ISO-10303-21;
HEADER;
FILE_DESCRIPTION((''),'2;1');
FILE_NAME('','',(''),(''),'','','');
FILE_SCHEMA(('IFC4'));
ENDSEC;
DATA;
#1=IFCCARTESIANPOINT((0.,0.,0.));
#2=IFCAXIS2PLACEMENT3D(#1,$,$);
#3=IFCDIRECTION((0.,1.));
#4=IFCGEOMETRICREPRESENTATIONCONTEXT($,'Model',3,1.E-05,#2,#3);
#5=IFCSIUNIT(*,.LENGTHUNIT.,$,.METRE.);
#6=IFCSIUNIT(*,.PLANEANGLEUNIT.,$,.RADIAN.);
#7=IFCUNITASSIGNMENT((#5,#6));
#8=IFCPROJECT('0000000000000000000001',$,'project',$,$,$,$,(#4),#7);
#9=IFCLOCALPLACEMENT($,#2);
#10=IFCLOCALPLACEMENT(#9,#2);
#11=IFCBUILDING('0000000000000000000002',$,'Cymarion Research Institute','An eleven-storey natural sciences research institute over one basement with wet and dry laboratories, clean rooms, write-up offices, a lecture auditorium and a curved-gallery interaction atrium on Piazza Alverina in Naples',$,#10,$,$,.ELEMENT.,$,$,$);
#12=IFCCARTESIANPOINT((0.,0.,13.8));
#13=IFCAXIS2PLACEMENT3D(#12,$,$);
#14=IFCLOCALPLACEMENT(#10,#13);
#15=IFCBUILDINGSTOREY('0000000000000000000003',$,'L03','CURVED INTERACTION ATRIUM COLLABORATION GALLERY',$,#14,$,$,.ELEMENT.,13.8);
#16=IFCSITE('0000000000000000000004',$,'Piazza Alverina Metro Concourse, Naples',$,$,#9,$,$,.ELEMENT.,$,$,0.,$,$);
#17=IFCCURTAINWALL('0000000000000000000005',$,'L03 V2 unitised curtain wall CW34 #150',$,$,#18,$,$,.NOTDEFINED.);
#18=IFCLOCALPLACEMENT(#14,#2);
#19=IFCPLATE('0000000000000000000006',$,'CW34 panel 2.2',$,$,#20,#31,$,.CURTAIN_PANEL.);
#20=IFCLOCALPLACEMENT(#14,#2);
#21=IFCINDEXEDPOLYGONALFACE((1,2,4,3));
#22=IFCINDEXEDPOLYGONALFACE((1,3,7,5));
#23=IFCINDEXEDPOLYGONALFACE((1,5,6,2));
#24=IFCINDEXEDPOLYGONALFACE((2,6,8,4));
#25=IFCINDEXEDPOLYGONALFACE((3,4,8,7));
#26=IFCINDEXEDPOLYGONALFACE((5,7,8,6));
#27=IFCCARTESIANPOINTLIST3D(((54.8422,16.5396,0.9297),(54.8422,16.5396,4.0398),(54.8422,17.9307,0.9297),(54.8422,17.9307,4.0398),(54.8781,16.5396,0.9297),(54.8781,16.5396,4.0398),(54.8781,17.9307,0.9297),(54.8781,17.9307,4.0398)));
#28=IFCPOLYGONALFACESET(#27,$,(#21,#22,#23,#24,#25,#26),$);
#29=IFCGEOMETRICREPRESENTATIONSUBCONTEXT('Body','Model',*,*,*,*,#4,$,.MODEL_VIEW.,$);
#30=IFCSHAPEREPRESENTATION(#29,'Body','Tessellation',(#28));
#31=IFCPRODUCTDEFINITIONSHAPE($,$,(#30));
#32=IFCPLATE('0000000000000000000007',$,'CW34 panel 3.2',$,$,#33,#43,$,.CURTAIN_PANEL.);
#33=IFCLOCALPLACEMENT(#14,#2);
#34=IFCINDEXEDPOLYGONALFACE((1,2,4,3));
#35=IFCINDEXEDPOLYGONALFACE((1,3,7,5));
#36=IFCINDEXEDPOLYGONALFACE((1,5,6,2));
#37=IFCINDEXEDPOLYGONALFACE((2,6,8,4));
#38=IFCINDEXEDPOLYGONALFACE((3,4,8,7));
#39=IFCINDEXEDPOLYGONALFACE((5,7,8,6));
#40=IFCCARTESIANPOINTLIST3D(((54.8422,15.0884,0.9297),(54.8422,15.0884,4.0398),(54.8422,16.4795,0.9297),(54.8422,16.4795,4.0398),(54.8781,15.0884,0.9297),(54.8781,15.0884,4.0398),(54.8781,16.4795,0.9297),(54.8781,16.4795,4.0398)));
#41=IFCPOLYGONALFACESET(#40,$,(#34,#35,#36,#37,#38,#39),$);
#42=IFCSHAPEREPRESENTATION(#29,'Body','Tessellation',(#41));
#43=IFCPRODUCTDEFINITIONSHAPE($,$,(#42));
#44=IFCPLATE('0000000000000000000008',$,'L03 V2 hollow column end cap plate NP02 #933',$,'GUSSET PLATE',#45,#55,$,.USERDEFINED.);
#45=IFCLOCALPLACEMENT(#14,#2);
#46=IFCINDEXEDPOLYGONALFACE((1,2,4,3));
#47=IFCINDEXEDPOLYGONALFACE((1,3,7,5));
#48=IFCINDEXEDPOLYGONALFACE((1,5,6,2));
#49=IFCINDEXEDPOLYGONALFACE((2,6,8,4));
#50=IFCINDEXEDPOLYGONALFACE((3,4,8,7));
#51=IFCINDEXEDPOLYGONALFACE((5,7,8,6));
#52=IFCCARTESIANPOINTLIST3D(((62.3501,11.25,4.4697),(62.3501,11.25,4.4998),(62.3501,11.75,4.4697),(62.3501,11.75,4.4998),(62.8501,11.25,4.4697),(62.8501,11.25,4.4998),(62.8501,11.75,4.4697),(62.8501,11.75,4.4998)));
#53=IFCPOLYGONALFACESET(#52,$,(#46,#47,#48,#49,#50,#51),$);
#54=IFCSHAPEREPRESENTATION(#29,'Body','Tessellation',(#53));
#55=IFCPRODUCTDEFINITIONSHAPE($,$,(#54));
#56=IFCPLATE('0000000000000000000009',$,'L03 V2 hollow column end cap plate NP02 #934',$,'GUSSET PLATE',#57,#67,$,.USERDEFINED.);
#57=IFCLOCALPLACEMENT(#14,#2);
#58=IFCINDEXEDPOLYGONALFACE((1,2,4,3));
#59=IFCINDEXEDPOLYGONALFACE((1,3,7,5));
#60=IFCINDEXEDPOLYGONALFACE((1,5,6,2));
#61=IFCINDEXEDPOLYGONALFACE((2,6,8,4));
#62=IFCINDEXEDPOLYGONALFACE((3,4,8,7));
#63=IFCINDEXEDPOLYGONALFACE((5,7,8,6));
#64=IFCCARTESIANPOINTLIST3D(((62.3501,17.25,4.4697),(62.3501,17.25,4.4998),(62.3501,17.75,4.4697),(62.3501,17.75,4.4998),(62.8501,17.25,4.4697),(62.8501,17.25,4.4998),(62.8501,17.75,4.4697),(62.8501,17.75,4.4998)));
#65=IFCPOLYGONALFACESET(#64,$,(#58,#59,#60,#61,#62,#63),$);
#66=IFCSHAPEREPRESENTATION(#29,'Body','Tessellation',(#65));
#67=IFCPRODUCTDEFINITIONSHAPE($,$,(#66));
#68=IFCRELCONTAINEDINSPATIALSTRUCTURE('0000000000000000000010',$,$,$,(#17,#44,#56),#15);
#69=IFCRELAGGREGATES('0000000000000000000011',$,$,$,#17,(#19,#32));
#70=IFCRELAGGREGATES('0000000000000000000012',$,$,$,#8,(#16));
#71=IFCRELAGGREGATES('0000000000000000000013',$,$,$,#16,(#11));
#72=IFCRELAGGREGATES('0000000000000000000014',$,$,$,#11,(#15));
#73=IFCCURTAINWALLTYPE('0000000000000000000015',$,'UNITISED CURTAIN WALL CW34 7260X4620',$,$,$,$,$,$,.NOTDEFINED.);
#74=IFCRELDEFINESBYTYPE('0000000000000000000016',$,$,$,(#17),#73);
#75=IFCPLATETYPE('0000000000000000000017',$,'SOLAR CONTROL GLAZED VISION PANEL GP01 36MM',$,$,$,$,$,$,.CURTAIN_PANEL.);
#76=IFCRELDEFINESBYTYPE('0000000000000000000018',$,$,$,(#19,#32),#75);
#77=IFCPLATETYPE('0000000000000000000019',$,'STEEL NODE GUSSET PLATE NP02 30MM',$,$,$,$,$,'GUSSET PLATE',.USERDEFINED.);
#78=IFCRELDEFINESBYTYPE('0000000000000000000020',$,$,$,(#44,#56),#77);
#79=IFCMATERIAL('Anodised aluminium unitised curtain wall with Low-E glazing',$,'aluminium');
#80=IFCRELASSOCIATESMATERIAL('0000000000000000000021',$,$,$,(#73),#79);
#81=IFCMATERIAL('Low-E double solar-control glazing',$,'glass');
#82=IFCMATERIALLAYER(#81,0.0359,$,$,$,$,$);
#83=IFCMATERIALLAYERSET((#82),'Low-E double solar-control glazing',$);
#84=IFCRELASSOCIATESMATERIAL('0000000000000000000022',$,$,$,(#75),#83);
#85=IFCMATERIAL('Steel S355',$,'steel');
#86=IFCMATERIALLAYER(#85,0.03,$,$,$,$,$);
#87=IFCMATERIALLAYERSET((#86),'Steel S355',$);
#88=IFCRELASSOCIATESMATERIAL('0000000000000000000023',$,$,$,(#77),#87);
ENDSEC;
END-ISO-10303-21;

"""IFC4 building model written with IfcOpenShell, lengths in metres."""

from ifc_helpers import new_model, si_unit, direction, frame, origin, origin_2d, place, context, subcontext, project, spatial, rectangle, extrude, material, layer, layer_set, type_object, element, aggregate, save


model = new_model("IFC4")

# Units and contexts
model_context = context("Model", 3, precision=1e-05, world=origin(), true_north=direction((0.0, 1.0)))
body_context = subcontext(model_context, "Body", "Model", "MODEL_VIEW")
ifc_project = project(units=[si_unit("LENGTHUNIT", "METRE"), si_unit("PLANEANGLEUNIT", "RADIAN")], contexts=[model_context])

# Site, building, storey
site_placement = place(None, origin())
site = spatial("IfcSite", under=ifc_project, at=site_placement, Name="Piazza Alverina Metro Concourse, Naples", CompositionType="ELEMENT", RefElevation=0.0)
building_placement = place(site_placement, origin())
building = spatial("IfcBuilding", under=site, at=building_placement, Name="Cymarion Research Institute", Description="An eleven-storey natural sciences research institute over one basement with wet and dry laboratories, clean rooms, write-up offices, a lecture auditorium and a curved-gallery interaction atrium on Piazza Alverina in Naples", CompositionType="ELEMENT")
storey_placement = place(building_placement, frame((0.0, 0.0, 13.8)))
storey = spatial("IfcBuildingStorey", under=building, at=storey_placement, Name="L03", Description="CURVED INTERACTION ATRIUM COLLABORATION GALLERY", CompositionType="ELEMENT", Elevation=13.8)

# Shared definitions
ifc_material_1 = material(Name="Steel S355", Category="steel")

# Curtain wall
ifc_material_2 = material(Name="Anodised aluminium unitised curtain wall with Low-E glazing", Category="aluminium")
curtain_wall_type = type_object("IfcCurtainWallType", Name="UNITISED CURTAIN WALL CW34 7260X4620", PredefinedType="NOTDEFINED", material=ifc_material_2)
curtain_wall_placement = place(storey_placement, origin())
curtain_wall = element("IfcCurtainWall", 1, at=curtain_wall_placement, inside=storey, type_object=curtain_wall_type, Name="L03 V2 unitised curtain wall CW34 #150", PredefinedType="NOTDEFINED")

# Plates
ifc_material_3 = material(Name="Low-E double solar-control glazing", Category="glass")
ifc_layer_1 = layer(ifc_material_3, 0.0359)
ifc_layer_set_1 = layer_set([ifc_layer_1], Name="Low-E double solar-control glazing")
plate_type_1 = type_object("IfcPlateType", Name="SOLAR CONTROL GLAZED VISION PANEL GP01 36MM", PredefinedType="CURTAIN_PANEL", material=ifc_layer_set_1)
plate_1_placement = place(storey_placement, frame((54.8601, 17.2351, 0.9297), z_axis=(0.0, 0.0, 1.0), x_axis=(0.0, -1.0, 0.0)))
plate_1 = element("IfcPlate", 2, at=plate_1_placement, type_object=plate_type_1, Name="CW34 panel 2.2", PredefinedType="CURTAIN_PANEL", context=body_context, shape_type="SweptSolid", body=[
    extrude(rectangle(XDim=1.3911, YDim=0.0359, at=origin_2d()), origin(), (0.0, 0.0, 1.0), 3.1101),
])
plate_2_placement = place(storey_placement, frame((54.8601, 15.7839, 0.9297), z_axis=(0.0, 0.0, 1.0), x_axis=(0.0, -1.0, 0.0)))
plate_2 = element("IfcPlate", 3, at=plate_2_placement, type_object=plate_type_1, Name="CW34 panel 3.2", PredefinedType="CURTAIN_PANEL", context=body_context, shape_type="SweptSolid", body=[
    extrude(rectangle(XDim=1.3911, YDim=0.0359, at=origin_2d()), origin(), (0.0, 0.0, 1.0), 3.1101),
])
aggregate(curtain_wall, [plate_1, plate_2])

# Plates
ifc_layer_2 = layer(ifc_material_1, 0.03)
ifc_layer_set_2 = layer_set([ifc_layer_2], Name="Steel S355")
plate_type_2 = type_object("IfcPlateType", Name="STEEL NODE GUSSET PLATE NP02 30MM", ElementType="GUSSET PLATE", PredefinedType="USERDEFINED", material=ifc_layer_set_2)
for number, where, z_axis, x_axis, name in (
    (4, (62.6001, 11.5, 4.4697), (0.0, 0.0, 1.0), (1.0, 0.0, 0.0), "L03 V2 hollow column end cap plate NP02 #933"),
    (5, (62.6001, 17.5, 4.4697), (0.0, 0.0, 1.0), (1.0, 0.0, 0.0), "L03 V2 hollow column end cap plate NP02 #934"),
):
    element("IfcPlate", number, at=place(storey_placement, frame(where, z_axis=z_axis, x_axis=x_axis)), inside=storey, type_object=plate_type_2, Name=name, ObjectType="GUSSET PLATE", PredefinedType="USERDEFINED", context=body_context, shape_type="SweptSolid", body=[
        extrude(rectangle(XDim=0.5, YDim=0.5, at=origin_2d()), origin(), (0.0, 0.0, 1.0), 0.03),
    ])

save(model, "model.ifc")
